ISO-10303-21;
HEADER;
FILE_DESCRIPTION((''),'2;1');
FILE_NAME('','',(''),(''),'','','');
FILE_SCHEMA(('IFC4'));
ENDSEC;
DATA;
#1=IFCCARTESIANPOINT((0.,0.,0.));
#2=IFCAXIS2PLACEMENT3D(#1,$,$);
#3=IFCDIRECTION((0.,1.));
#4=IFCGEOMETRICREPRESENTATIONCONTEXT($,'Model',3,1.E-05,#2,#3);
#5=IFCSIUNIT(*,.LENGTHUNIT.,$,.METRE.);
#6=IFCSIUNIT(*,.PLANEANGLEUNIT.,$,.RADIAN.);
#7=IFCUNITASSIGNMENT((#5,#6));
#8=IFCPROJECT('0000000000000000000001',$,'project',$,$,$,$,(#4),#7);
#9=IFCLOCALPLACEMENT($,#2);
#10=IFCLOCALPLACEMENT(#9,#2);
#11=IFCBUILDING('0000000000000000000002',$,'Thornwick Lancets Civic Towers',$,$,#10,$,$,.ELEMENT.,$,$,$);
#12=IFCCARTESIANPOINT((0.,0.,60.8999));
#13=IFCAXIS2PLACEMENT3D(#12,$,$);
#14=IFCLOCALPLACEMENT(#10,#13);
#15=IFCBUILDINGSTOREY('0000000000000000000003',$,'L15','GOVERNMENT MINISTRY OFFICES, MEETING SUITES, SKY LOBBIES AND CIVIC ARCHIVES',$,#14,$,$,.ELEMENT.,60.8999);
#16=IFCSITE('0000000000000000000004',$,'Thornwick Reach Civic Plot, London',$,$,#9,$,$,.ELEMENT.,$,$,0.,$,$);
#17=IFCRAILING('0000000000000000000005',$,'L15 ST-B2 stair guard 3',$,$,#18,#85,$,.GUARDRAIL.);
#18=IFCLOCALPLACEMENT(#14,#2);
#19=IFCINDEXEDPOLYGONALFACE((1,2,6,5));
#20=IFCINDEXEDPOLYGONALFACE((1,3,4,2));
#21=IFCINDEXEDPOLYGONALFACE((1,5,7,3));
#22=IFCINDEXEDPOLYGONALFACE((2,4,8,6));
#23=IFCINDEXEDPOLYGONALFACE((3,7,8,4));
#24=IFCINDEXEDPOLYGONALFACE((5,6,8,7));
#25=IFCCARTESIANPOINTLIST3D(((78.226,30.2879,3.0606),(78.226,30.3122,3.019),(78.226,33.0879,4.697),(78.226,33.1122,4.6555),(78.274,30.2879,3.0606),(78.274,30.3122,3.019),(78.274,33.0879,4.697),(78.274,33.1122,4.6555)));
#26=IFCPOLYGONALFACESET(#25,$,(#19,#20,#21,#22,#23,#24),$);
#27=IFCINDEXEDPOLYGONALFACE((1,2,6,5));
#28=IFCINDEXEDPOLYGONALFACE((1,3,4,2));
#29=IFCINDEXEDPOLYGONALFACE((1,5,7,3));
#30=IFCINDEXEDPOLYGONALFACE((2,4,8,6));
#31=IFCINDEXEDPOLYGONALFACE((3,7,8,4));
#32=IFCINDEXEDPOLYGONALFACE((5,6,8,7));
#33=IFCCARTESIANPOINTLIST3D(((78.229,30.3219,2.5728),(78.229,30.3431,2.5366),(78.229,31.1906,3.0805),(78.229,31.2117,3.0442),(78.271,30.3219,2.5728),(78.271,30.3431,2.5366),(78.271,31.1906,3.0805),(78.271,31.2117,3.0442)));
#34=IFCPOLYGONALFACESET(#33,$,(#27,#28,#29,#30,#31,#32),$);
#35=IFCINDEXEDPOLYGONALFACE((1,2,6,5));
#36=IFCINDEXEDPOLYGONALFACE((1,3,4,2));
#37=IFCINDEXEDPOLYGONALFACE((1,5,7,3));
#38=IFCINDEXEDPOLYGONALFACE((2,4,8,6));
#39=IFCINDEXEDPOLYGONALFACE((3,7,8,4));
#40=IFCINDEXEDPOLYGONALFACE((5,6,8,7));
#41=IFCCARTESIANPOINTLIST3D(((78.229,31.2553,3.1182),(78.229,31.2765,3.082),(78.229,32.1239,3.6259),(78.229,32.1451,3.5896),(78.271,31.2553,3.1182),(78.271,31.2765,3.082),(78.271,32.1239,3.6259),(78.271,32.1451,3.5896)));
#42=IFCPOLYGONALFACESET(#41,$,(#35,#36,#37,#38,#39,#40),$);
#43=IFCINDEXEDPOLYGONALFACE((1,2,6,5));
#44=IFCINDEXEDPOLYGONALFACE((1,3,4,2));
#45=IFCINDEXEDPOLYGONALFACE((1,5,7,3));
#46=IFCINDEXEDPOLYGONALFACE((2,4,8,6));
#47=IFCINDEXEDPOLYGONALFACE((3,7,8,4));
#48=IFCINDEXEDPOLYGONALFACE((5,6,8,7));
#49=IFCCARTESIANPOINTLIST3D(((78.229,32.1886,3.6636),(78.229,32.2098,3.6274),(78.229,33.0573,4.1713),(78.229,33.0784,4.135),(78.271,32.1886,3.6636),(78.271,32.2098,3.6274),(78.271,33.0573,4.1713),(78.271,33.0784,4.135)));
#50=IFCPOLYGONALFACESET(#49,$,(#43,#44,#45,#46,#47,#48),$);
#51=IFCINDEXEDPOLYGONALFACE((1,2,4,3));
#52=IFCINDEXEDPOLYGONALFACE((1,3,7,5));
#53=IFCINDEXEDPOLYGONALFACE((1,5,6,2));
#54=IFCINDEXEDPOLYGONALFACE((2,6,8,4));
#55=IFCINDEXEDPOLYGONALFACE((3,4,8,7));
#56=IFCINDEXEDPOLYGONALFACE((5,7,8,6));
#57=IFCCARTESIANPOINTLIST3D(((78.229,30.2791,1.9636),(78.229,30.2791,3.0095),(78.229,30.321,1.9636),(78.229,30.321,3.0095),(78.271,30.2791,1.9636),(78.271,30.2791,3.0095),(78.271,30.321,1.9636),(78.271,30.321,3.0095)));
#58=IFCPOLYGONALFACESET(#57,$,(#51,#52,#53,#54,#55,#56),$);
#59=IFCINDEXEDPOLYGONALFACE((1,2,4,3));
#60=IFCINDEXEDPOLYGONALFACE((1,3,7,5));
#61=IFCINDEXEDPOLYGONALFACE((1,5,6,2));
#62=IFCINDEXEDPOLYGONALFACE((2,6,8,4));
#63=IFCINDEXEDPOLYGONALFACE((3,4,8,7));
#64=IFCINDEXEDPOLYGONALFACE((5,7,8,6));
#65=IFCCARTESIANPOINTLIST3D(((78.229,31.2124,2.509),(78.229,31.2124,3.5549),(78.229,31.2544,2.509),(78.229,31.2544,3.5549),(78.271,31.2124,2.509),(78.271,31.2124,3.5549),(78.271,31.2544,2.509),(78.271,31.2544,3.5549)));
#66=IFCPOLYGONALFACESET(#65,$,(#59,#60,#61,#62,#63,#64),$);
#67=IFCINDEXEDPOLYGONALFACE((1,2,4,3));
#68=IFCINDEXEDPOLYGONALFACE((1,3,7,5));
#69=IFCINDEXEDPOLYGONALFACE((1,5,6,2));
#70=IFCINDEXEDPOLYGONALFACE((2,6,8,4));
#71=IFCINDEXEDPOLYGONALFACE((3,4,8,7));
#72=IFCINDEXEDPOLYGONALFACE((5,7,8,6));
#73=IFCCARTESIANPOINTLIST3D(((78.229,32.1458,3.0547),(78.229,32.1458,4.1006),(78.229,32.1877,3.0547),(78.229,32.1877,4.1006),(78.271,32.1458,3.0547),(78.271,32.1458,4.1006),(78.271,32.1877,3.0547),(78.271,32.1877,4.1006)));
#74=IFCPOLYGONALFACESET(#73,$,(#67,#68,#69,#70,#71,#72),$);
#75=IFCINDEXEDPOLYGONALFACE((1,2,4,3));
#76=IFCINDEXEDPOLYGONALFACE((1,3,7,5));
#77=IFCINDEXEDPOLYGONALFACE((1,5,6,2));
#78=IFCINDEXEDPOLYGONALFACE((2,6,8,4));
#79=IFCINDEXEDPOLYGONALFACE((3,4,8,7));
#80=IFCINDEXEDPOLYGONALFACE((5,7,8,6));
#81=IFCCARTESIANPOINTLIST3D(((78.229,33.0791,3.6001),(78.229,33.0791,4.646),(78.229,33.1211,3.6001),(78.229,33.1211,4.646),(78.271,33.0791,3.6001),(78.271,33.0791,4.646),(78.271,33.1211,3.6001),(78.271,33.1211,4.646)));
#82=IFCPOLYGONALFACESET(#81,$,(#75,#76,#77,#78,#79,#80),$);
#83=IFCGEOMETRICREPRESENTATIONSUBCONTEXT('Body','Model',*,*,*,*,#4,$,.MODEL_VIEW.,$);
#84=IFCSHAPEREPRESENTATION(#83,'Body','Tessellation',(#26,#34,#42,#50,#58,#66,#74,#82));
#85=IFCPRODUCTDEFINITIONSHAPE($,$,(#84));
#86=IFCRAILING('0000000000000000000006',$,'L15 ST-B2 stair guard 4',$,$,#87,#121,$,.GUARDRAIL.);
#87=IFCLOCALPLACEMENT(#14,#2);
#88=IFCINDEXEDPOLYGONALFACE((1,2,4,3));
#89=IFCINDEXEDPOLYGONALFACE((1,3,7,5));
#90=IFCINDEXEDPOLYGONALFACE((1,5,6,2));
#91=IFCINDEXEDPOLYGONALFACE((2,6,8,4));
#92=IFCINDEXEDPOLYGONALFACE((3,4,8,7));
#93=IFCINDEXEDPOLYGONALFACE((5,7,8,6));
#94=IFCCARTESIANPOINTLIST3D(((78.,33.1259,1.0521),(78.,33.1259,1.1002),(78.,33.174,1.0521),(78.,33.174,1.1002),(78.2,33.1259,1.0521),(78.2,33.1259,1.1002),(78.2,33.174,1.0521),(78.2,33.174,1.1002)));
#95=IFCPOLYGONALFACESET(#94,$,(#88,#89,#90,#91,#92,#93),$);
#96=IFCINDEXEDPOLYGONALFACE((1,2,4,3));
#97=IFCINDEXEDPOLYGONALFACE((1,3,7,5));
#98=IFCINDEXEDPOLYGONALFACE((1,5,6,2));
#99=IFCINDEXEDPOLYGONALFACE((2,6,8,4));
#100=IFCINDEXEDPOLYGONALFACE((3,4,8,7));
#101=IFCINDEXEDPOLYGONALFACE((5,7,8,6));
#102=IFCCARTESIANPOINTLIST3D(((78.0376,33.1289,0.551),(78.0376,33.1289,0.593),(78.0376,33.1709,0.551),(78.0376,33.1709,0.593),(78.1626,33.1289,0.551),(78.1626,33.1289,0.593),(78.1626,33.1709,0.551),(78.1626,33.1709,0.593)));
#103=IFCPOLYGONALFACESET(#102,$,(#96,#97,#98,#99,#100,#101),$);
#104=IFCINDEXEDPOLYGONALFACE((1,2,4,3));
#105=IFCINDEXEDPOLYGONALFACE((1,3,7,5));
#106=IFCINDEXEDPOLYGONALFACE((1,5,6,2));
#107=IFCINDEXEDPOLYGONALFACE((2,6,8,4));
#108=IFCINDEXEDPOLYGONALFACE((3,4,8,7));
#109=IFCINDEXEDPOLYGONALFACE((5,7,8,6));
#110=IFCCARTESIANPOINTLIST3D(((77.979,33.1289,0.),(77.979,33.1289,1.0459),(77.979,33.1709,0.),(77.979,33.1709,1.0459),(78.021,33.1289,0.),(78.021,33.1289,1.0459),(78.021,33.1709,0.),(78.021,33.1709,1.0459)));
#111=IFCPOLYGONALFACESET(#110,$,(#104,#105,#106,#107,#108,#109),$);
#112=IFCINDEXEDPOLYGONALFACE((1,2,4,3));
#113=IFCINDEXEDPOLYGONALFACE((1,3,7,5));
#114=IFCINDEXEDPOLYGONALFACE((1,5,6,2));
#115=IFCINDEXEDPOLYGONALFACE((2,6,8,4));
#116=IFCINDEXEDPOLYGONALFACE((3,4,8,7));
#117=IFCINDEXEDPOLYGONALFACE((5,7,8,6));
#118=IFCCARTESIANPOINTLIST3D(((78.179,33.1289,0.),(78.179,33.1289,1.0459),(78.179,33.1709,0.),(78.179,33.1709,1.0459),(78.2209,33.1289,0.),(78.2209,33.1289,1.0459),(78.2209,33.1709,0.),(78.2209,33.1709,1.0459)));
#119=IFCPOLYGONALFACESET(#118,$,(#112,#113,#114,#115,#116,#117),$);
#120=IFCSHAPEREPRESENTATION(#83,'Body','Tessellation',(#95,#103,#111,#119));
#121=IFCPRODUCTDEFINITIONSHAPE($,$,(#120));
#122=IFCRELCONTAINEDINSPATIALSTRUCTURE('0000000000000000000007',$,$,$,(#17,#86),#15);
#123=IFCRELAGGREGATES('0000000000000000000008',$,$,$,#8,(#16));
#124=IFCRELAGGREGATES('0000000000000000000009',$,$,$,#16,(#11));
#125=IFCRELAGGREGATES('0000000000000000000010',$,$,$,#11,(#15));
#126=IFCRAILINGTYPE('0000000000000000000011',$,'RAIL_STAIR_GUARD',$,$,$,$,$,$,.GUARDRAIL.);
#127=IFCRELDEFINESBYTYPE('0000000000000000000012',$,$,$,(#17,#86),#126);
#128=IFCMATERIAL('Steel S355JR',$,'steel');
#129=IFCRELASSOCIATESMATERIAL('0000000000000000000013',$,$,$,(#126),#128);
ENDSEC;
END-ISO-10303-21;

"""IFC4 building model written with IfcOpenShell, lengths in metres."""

from ifc_helpers import new_model, si_unit, direction, frame, origin, origin_2d, place, context, subcontext, project, spatial, rectangle, extrude, material, type_object, element, save


model = new_model("IFC4")

# Units and contexts
model_context = context("Model", 3, precision=1e-05, world=origin(), true_north=direction((0.0, 1.0)))
body_context = subcontext(model_context, "Body", "Model", "MODEL_VIEW")
ifc_project = project(units=[si_unit("LENGTHUNIT", "METRE"), si_unit("PLANEANGLEUNIT", "RADIAN")], contexts=[model_context])

# Site, building, storey
site_placement = place(None, origin())
site = spatial("IfcSite", under=ifc_project, at=site_placement, Name="Thornwick Reach Civic Plot, London", CompositionType="ELEMENT", RefElevation=0.0)
building_placement = place(site_placement, origin())
building = spatial("IfcBuilding", under=site, at=building_placement, Name="Thornwick Lancets Civic Towers", CompositionType="ELEMENT")
storey_placement = place(building_placement, frame((0.0, 0.0, 60.8999)))
storey = spatial("IfcBuildingStorey", under=building, at=storey_placement, Name="L15", Description="GOVERNMENT MINISTRY OFFICES, MEETING SUITES, SKY LOBBIES AND CIVIC ARCHIVES", CompositionType="ELEMENT", Elevation=60.8999)

# Shared definitions
ifc_material_1 = material(Name="Steel S355JR", Category="steel")

# Railings
railing_type_1 = type_object("IfcRailingType", Name="RAIL_STAIR_GUARD", PredefinedType="GUARDRAIL", material=ifc_material_1)
railing_1_placement = place(storey_placement, frame((78.25, 30.3, 1.9636)))
element("IfcRailing", 1, at=railing_1_placement, inside=storey, type_object=railing_type_1, Name="L15 ST-B2 stair guard 3", PredefinedType="GUARDRAIL", context=body_context, shape_type="SweptSolid", body=[
    extrude(rectangle(XDim=0.0481, YDim=0.0481, at=origin_2d()), frame((0.0, 0.0, 1.0762), z_axis=(0.0, 0.863361, 0.504587), x_axis=(-1.0, 0.0, 0.0)), (0.0, 0.0, 1.0), 3.2432),
    extrude(rectangle(XDim=0.042, YDim=0.042, at=origin_2d()), frame((0.0, 0.0325, 0.5911), z_axis=(0.0, 0.863361, 0.504587), x_axis=(-1.0, 0.0, 0.0)), (0.0, 0.0, 1.0), 1.0061),
    extrude(rectangle(XDim=0.042, YDim=0.042, at=origin_2d()), frame((0.0, 0.9658, 1.1365), z_axis=(0.0, 0.863361, 0.504587), x_axis=(-1.0, 0.0, 0.0)), (0.0, 0.0, 1.0), 1.0061),
    extrude(rectangle(XDim=0.042, YDim=0.042, at=origin_2d()), frame((0.0, 1.8992, 1.6819), z_axis=(0.0, 0.863361, 0.504587), x_axis=(-1.0, 0.0, 0.0)), (0.0, 0.0, 1.0), 1.0061),
    extrude(rectangle(XDim=0.042, YDim=0.042, at=origin_2d()), origin(), (0.0, 0.0, 1.0), 1.0459),
    extrude(rectangle(XDim=0.042, YDim=0.042, at=origin_2d()), frame((0.0, 0.9333, 0.5454)), (0.0, 0.0, 1.0), 1.0459),
    extrude(rectangle(XDim=0.042, YDim=0.042, at=origin_2d()), frame((0.0, 1.8667, 1.0911)), (0.0, 0.0, 1.0), 1.0459),
    extrude(rectangle(XDim=0.042, YDim=0.042, at=origin_2d()), frame((0.0, 2.8, 1.6365)), (0.0, 0.0, 1.0), 1.0459),
])
railing_2_placement = place(storey_placement, frame((78.0, 33.1499, 0.0)))
element("IfcRailing", 2, at=railing_2_placement, inside=storey, type_object=railing_type_1, Name="L15 ST-B2 stair guard 4", PredefinedType="GUARDRAIL", context=body_context, shape_type="SweptSolid", body=[
    extrude(rectangle(XDim=0.0481, YDim=0.0481, at=origin_2d()), frame((0.0, 0.0, 1.0762), z_axis=(1.0, 0.0, 0.0), x_axis=(0.0, 1.0, 0.0)), (0.0, 0.0, 1.0), 0.2),
    extrude(rectangle(XDim=0.042, YDim=0.042, at=origin_2d()), frame((0.0376, 0.0, 0.572), z_axis=(1.0, 0.0, 0.0), x_axis=(0.0, 1.0, 0.0)), (0.0, 0.0, 1.0), 0.125),
    extrude(rectangle(XDim=0.042, YDim=0.042, at=origin_2d()), origin(), (0.0, 0.0, 1.0), 1.0459),
    extrude(rectangle(XDim=0.042, YDim=0.042, at=origin_2d()), frame((0.2, 0.0, 0.0)), (0.0, 0.0, 1.0), 1.0459),
])

save(model, "model.ifc")
